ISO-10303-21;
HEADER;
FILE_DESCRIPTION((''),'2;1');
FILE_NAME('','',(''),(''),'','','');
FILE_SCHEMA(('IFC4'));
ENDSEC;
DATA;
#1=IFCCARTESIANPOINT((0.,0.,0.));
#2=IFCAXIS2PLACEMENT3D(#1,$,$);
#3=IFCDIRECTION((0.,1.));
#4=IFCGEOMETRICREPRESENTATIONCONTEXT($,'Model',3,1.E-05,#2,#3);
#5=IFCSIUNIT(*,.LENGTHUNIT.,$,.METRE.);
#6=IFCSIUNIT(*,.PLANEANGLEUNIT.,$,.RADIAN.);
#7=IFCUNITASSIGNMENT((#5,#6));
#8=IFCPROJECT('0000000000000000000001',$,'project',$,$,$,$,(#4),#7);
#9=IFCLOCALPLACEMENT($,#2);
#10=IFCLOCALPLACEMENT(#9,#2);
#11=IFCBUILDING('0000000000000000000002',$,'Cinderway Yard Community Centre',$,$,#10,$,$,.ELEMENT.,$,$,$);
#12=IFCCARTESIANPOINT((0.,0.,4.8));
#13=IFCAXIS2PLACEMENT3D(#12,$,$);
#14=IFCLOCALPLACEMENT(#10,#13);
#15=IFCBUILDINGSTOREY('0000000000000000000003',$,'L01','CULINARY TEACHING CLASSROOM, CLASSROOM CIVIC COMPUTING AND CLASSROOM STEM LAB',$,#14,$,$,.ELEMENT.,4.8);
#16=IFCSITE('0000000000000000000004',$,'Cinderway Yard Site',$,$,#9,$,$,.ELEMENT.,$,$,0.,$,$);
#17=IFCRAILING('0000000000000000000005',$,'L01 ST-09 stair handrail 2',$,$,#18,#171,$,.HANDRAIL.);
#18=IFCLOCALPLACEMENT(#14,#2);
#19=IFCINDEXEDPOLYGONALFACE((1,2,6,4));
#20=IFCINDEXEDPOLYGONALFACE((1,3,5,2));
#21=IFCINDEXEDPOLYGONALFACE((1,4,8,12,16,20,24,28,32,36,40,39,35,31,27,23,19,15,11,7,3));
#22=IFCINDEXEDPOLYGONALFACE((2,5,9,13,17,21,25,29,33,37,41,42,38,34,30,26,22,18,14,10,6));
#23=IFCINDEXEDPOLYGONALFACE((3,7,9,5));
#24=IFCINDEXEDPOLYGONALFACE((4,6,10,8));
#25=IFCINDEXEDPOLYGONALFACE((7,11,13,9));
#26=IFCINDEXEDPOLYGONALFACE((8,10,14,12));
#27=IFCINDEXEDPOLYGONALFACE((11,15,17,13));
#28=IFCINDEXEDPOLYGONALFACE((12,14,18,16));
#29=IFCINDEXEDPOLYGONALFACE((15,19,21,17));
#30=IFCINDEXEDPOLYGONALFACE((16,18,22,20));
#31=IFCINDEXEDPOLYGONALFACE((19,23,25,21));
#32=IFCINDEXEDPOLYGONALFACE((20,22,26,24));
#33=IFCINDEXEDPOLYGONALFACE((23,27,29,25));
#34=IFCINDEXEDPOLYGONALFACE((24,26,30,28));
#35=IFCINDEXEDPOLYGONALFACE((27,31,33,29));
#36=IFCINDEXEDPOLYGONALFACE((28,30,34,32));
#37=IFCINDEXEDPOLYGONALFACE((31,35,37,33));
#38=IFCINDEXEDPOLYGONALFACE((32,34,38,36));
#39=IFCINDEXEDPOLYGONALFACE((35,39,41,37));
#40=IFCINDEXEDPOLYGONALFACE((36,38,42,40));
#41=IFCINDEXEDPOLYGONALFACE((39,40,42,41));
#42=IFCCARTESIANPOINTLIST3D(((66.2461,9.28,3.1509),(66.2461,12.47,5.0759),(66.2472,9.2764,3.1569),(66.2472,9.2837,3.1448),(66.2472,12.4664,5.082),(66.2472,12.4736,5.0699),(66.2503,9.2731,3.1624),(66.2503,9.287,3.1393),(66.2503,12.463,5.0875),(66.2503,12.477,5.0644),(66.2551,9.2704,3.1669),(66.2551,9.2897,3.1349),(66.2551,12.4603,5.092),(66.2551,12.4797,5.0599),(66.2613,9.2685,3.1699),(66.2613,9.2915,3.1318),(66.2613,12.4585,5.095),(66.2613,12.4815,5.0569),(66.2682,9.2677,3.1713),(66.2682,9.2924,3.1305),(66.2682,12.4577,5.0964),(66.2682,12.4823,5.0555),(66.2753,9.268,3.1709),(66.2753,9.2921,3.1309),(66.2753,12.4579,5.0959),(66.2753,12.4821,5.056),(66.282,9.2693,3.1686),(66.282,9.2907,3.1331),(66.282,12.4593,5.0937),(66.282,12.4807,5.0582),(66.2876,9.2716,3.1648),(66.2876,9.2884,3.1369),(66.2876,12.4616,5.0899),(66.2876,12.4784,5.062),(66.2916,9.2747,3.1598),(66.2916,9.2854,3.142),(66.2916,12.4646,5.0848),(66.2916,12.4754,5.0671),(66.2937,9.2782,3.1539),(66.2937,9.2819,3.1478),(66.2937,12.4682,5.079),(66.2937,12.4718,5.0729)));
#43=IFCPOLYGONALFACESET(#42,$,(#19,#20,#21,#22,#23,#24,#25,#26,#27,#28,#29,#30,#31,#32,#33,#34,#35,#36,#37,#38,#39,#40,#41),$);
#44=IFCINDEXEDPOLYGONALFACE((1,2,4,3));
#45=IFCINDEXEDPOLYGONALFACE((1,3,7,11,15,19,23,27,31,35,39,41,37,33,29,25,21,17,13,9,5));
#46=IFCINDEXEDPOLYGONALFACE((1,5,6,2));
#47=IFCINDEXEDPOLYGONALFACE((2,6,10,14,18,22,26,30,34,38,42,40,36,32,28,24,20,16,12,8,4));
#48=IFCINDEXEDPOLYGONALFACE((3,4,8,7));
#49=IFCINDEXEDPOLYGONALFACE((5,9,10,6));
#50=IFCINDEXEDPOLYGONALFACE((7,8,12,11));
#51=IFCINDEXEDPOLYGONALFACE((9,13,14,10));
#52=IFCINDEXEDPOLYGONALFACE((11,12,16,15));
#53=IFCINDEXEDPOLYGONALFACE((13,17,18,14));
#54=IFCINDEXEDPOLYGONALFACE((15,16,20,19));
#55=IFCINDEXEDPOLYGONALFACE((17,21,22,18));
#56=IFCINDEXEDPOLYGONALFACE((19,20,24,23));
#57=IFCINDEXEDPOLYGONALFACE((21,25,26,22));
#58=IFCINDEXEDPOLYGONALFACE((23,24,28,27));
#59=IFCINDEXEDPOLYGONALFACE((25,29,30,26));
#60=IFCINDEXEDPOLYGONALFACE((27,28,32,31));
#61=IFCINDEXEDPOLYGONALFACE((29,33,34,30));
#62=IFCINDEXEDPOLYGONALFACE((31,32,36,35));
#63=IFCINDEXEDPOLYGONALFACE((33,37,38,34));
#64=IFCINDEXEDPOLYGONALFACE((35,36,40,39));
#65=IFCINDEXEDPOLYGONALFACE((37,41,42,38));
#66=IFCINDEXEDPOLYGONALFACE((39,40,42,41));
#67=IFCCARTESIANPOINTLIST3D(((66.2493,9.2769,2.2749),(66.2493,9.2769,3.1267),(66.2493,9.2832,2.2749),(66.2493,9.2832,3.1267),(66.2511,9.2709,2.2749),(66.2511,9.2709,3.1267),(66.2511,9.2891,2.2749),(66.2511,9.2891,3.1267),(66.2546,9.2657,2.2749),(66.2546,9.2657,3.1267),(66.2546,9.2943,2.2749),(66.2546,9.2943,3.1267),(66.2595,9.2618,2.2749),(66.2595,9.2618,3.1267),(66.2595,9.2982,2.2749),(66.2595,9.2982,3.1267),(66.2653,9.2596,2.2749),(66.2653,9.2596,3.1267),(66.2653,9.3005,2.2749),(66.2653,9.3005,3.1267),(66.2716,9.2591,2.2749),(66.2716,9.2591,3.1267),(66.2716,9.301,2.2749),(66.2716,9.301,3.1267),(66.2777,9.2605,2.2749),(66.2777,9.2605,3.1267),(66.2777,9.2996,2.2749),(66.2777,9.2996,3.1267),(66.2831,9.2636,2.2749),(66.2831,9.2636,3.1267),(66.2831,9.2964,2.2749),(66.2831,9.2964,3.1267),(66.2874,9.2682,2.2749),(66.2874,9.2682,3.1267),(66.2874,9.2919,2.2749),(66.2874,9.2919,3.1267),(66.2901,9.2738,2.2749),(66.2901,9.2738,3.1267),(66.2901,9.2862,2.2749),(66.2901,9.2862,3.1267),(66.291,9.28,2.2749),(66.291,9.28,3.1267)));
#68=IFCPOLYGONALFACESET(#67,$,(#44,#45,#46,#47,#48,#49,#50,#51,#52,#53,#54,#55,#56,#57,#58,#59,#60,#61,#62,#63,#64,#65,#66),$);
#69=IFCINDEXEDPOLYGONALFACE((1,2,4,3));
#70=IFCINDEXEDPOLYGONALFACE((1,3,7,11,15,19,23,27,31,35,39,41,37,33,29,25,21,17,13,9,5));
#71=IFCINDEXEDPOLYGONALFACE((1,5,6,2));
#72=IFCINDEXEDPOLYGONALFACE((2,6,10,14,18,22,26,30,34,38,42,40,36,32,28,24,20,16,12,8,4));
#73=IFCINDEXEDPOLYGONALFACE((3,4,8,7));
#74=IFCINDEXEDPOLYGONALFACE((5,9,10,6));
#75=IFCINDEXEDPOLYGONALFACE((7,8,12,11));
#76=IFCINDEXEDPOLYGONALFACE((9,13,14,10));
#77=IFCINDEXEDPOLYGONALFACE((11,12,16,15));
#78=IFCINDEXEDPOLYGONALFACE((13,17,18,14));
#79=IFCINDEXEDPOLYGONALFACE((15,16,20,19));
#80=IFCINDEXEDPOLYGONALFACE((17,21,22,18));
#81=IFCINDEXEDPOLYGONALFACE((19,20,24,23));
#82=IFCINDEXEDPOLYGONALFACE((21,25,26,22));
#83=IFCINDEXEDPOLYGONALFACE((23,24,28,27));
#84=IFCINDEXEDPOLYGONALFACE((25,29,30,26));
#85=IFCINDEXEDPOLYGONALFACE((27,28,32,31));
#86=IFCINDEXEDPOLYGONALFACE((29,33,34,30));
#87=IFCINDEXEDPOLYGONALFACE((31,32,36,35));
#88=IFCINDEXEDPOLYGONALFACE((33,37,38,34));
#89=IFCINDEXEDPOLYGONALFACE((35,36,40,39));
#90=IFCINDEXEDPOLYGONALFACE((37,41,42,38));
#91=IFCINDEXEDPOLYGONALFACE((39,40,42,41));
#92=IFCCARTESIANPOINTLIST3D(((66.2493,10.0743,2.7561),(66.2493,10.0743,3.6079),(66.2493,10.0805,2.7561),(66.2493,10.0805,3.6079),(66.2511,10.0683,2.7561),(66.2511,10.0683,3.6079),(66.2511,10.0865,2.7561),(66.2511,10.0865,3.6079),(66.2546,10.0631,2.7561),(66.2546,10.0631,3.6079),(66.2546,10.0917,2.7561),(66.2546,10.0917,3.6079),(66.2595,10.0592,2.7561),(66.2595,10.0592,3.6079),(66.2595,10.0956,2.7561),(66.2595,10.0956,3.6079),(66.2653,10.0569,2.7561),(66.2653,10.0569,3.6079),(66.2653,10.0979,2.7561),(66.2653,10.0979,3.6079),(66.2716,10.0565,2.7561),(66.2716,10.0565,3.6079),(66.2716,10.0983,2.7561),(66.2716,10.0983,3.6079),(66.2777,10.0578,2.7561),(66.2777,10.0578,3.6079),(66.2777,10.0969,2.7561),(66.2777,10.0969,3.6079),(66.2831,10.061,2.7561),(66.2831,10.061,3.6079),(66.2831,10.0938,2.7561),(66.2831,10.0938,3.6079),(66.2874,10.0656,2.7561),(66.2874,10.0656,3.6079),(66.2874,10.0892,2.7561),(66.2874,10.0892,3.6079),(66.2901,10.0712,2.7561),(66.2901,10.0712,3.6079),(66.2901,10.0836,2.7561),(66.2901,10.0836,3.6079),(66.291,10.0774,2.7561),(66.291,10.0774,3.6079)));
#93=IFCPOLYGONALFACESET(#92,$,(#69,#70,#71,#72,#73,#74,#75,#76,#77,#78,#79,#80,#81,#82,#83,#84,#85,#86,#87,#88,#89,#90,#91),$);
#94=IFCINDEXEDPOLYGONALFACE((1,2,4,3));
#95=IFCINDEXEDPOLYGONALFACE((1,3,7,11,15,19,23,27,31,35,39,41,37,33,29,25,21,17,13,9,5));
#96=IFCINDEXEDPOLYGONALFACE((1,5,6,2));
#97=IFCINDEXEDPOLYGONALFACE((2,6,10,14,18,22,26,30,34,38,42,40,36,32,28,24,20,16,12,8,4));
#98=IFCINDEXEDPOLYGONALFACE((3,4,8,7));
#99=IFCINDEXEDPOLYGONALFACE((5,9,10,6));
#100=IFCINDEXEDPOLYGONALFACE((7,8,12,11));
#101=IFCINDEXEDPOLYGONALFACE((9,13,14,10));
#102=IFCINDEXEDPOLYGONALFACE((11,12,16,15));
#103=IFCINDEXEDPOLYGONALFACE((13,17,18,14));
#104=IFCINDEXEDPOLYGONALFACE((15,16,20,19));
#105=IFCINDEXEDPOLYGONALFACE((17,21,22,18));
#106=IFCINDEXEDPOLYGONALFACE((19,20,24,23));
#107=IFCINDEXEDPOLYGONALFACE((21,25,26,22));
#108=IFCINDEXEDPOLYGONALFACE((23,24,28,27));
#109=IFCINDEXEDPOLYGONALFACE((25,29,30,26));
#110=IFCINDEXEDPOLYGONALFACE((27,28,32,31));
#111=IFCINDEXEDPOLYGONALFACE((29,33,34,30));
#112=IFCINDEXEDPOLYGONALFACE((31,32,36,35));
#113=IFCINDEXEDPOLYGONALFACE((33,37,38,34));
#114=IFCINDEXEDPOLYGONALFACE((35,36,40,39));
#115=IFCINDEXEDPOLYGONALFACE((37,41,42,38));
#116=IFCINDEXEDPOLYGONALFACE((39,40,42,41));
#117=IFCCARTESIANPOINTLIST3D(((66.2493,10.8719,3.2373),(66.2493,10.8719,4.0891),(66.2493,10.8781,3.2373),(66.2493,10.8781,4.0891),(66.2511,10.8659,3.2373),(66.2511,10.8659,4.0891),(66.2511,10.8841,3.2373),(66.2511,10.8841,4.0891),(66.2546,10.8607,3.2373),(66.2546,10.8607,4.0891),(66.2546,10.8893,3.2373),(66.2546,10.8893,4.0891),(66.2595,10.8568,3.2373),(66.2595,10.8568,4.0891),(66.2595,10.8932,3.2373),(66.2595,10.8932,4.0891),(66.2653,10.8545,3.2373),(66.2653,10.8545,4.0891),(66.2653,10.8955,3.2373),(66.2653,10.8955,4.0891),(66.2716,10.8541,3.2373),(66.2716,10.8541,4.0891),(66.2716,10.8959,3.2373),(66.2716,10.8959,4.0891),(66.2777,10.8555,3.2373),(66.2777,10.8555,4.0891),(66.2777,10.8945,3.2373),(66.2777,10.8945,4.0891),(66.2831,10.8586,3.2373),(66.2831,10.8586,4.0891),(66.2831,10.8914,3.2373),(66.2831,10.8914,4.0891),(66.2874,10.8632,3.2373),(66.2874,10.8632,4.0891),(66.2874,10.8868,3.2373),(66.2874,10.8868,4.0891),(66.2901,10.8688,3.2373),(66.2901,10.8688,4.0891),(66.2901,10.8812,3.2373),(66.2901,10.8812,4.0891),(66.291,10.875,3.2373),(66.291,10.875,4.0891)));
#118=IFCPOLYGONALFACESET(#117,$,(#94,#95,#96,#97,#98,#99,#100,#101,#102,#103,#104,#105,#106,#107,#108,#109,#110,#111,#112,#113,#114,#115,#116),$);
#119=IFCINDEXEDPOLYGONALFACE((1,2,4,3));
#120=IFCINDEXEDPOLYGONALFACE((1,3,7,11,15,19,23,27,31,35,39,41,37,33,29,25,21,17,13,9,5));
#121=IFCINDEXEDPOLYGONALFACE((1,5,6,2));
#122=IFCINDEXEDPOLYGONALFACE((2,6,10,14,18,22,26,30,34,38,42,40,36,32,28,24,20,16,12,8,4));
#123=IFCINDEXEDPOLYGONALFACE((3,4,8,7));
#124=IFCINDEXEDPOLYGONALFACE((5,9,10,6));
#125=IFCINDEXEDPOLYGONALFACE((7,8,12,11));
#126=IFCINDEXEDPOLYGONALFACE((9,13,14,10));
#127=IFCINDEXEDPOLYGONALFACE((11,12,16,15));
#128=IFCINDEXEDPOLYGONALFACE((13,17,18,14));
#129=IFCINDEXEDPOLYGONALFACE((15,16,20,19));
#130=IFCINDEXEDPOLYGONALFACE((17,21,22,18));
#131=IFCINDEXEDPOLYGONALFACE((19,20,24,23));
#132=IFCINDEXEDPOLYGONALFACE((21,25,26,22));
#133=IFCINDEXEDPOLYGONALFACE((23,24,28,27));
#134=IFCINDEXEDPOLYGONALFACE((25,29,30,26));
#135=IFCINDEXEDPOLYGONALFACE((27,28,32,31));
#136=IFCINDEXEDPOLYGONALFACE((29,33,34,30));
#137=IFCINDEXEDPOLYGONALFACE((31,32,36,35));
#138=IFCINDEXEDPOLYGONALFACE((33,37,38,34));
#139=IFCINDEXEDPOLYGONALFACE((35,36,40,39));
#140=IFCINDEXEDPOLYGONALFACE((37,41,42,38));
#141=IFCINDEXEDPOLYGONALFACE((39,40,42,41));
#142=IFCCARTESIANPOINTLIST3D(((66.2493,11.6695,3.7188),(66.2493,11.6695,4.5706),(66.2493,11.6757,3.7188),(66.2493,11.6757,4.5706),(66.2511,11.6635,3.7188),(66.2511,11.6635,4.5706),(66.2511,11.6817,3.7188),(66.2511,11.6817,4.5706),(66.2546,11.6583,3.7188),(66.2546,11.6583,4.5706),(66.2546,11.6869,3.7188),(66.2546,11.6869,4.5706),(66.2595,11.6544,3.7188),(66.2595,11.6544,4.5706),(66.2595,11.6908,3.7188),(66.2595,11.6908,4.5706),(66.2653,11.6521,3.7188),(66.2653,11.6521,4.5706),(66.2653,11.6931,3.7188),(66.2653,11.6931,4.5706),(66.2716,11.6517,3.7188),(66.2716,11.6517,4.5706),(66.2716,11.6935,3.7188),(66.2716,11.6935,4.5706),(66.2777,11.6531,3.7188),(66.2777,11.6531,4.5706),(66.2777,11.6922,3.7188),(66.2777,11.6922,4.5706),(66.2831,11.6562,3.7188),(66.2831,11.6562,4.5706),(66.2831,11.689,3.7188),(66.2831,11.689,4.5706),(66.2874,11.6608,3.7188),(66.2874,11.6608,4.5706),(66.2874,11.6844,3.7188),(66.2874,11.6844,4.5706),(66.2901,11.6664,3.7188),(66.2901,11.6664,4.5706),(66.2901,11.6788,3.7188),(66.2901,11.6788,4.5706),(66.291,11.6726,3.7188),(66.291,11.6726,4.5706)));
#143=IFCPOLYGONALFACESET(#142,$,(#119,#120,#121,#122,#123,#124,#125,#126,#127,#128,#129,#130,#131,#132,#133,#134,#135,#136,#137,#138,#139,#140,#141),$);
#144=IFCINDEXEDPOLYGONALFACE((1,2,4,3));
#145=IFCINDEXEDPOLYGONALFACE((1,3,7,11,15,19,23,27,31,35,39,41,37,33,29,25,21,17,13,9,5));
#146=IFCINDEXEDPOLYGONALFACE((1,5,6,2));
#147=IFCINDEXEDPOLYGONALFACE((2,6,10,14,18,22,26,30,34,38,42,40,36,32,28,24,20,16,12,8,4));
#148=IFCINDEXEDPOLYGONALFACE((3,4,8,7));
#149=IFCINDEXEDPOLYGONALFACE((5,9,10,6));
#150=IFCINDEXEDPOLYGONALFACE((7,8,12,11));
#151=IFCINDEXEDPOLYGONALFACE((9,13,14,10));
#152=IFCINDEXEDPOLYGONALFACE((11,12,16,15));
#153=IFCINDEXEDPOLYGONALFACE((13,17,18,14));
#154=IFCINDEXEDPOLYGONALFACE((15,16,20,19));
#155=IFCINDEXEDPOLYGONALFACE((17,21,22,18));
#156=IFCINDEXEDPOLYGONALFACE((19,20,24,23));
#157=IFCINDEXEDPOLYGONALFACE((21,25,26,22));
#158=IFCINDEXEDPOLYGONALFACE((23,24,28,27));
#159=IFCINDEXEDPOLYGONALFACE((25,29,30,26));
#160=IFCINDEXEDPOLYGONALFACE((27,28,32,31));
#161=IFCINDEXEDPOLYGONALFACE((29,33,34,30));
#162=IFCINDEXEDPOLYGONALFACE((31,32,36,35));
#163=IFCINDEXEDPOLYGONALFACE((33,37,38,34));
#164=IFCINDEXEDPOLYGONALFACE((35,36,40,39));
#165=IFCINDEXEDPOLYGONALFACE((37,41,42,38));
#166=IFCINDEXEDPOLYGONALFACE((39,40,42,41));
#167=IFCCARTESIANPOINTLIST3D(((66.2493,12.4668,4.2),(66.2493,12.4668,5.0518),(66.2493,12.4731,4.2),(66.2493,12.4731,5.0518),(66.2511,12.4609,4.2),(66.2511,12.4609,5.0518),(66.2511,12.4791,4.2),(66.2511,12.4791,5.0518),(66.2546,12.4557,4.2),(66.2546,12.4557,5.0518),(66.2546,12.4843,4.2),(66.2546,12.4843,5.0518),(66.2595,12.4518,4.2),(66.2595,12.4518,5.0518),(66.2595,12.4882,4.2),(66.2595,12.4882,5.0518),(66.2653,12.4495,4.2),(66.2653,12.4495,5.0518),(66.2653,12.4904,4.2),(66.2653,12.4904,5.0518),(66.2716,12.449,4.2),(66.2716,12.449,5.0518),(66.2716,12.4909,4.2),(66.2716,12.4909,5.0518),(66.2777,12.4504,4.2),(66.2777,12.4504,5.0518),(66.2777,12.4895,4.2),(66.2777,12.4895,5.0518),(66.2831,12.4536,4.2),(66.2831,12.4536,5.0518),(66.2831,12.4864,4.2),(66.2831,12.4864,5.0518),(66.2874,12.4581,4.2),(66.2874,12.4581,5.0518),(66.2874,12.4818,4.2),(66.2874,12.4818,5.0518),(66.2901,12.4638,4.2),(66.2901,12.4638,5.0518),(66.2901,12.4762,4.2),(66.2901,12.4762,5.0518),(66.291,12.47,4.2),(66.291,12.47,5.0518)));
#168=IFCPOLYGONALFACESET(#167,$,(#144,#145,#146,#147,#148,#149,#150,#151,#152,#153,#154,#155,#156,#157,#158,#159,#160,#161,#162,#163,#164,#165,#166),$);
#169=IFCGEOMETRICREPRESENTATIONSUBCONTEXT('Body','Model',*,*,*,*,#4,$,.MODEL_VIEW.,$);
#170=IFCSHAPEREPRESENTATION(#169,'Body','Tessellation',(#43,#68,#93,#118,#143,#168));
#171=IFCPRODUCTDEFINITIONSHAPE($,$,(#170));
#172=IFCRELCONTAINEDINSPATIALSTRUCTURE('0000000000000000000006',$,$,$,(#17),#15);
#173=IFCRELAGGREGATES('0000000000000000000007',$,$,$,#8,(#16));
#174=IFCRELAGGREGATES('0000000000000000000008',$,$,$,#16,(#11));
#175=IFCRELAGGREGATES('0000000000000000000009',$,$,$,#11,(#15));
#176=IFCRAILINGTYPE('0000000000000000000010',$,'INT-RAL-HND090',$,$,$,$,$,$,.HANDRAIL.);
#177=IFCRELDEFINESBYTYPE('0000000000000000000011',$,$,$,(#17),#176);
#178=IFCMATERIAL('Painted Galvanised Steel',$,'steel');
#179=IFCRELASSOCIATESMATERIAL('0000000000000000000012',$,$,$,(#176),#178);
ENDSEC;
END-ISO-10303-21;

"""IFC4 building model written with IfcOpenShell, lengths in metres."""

from ifc_helpers import new_model, si_unit, direction, frame, origin, origin_2d, place, context, subcontext, project, spatial, circle, extrude, material, type_object, element, save


model = new_model("IFC4")

# Units and contexts
model_context = context("Model", 3, precision=1e-05, world=origin(), true_north=direction((0.0, 1.0)))
body_context = subcontext(model_context, "Body", "Model", "MODEL_VIEW")
ifc_project = project(units=[si_unit("LENGTHUNIT", "METRE"), si_unit("PLANEANGLEUNIT", "RADIAN")], contexts=[model_context])

# Site, building, storey
site_placement = place(None, origin())
site = spatial("IfcSite", under=ifc_project, at=site_placement, Name="Cinderway Yard Site", CompositionType="ELEMENT", RefElevation=0.0)
building_placement = place(site_placement, origin())
building = spatial("IfcBuilding", under=site, at=building_placement, Name="Cinderway Yard Community Centre", CompositionType="ELEMENT")
storey_placement = place(building_placement, frame((0.0, 0.0, 4.8)))
storey = spatial("IfcBuildingStorey", under=building, at=storey_placement, Name="L01", Description="CULINARY TEACHING CLASSROOM, CLASSROOM CIVIC COMPUTING AND CLASSROOM STEM LAB", CompositionType="ELEMENT", Elevation=4.8)

# Shared definitions
ifc_material_1 = material(Name="Painted Galvanised Steel", Category="steel")

# Railing
railing_type_1 = type_object("IfcRailingType", Name="INT-RAL-HND090", PredefinedType="HANDRAIL", material=ifc_material_1)
railing_1_placement = place(storey_placement, frame((66.27, 9.28, 2.2749)))
element("IfcRailing", 1, at=railing_1_placement, inside=storey, type_object=railing_type_1, Name="L01 ST-09 stair handrail 2", PredefinedType="HANDRAIL", context=body_context, shape_type="SweptSolid", body=[
    extrude(circle(Radius=0.0239, at=origin_2d()), frame((0.0, 0.0, 0.876), z_axis=(0.0, 0.856178, 0.516682), x_axis=(-1.0, 0.0, 0.0)), (0.0, 0.0, 1.0), 3.7258),
    extrude(circle(Radius=0.021, at=origin_2d()), origin(), (0.0, 0.0, 1.0), 0.8518),
    extrude(circle(Radius=0.021, at=origin_2d()), frame((0.0, 0.7974, 0.4812)), (0.0, 0.0, 1.0), 0.8518),
    extrude(circle(Radius=0.021, at=origin_2d()), frame((0.0, 1.595, 0.9624)), (0.0, 0.0, 1.0), 0.8518),
    extrude(circle(Radius=0.021, at=origin_2d()), frame((0.0, 2.3926, 1.4438)), (0.0, 0.0, 1.0), 0.8518),
    extrude(circle(Radius=0.021, at=origin_2d()), frame((0.0, 3.1899, 1.925)), (0.0, 0.0, 1.0), 0.8518),
])

save(model, "model.ifc")
